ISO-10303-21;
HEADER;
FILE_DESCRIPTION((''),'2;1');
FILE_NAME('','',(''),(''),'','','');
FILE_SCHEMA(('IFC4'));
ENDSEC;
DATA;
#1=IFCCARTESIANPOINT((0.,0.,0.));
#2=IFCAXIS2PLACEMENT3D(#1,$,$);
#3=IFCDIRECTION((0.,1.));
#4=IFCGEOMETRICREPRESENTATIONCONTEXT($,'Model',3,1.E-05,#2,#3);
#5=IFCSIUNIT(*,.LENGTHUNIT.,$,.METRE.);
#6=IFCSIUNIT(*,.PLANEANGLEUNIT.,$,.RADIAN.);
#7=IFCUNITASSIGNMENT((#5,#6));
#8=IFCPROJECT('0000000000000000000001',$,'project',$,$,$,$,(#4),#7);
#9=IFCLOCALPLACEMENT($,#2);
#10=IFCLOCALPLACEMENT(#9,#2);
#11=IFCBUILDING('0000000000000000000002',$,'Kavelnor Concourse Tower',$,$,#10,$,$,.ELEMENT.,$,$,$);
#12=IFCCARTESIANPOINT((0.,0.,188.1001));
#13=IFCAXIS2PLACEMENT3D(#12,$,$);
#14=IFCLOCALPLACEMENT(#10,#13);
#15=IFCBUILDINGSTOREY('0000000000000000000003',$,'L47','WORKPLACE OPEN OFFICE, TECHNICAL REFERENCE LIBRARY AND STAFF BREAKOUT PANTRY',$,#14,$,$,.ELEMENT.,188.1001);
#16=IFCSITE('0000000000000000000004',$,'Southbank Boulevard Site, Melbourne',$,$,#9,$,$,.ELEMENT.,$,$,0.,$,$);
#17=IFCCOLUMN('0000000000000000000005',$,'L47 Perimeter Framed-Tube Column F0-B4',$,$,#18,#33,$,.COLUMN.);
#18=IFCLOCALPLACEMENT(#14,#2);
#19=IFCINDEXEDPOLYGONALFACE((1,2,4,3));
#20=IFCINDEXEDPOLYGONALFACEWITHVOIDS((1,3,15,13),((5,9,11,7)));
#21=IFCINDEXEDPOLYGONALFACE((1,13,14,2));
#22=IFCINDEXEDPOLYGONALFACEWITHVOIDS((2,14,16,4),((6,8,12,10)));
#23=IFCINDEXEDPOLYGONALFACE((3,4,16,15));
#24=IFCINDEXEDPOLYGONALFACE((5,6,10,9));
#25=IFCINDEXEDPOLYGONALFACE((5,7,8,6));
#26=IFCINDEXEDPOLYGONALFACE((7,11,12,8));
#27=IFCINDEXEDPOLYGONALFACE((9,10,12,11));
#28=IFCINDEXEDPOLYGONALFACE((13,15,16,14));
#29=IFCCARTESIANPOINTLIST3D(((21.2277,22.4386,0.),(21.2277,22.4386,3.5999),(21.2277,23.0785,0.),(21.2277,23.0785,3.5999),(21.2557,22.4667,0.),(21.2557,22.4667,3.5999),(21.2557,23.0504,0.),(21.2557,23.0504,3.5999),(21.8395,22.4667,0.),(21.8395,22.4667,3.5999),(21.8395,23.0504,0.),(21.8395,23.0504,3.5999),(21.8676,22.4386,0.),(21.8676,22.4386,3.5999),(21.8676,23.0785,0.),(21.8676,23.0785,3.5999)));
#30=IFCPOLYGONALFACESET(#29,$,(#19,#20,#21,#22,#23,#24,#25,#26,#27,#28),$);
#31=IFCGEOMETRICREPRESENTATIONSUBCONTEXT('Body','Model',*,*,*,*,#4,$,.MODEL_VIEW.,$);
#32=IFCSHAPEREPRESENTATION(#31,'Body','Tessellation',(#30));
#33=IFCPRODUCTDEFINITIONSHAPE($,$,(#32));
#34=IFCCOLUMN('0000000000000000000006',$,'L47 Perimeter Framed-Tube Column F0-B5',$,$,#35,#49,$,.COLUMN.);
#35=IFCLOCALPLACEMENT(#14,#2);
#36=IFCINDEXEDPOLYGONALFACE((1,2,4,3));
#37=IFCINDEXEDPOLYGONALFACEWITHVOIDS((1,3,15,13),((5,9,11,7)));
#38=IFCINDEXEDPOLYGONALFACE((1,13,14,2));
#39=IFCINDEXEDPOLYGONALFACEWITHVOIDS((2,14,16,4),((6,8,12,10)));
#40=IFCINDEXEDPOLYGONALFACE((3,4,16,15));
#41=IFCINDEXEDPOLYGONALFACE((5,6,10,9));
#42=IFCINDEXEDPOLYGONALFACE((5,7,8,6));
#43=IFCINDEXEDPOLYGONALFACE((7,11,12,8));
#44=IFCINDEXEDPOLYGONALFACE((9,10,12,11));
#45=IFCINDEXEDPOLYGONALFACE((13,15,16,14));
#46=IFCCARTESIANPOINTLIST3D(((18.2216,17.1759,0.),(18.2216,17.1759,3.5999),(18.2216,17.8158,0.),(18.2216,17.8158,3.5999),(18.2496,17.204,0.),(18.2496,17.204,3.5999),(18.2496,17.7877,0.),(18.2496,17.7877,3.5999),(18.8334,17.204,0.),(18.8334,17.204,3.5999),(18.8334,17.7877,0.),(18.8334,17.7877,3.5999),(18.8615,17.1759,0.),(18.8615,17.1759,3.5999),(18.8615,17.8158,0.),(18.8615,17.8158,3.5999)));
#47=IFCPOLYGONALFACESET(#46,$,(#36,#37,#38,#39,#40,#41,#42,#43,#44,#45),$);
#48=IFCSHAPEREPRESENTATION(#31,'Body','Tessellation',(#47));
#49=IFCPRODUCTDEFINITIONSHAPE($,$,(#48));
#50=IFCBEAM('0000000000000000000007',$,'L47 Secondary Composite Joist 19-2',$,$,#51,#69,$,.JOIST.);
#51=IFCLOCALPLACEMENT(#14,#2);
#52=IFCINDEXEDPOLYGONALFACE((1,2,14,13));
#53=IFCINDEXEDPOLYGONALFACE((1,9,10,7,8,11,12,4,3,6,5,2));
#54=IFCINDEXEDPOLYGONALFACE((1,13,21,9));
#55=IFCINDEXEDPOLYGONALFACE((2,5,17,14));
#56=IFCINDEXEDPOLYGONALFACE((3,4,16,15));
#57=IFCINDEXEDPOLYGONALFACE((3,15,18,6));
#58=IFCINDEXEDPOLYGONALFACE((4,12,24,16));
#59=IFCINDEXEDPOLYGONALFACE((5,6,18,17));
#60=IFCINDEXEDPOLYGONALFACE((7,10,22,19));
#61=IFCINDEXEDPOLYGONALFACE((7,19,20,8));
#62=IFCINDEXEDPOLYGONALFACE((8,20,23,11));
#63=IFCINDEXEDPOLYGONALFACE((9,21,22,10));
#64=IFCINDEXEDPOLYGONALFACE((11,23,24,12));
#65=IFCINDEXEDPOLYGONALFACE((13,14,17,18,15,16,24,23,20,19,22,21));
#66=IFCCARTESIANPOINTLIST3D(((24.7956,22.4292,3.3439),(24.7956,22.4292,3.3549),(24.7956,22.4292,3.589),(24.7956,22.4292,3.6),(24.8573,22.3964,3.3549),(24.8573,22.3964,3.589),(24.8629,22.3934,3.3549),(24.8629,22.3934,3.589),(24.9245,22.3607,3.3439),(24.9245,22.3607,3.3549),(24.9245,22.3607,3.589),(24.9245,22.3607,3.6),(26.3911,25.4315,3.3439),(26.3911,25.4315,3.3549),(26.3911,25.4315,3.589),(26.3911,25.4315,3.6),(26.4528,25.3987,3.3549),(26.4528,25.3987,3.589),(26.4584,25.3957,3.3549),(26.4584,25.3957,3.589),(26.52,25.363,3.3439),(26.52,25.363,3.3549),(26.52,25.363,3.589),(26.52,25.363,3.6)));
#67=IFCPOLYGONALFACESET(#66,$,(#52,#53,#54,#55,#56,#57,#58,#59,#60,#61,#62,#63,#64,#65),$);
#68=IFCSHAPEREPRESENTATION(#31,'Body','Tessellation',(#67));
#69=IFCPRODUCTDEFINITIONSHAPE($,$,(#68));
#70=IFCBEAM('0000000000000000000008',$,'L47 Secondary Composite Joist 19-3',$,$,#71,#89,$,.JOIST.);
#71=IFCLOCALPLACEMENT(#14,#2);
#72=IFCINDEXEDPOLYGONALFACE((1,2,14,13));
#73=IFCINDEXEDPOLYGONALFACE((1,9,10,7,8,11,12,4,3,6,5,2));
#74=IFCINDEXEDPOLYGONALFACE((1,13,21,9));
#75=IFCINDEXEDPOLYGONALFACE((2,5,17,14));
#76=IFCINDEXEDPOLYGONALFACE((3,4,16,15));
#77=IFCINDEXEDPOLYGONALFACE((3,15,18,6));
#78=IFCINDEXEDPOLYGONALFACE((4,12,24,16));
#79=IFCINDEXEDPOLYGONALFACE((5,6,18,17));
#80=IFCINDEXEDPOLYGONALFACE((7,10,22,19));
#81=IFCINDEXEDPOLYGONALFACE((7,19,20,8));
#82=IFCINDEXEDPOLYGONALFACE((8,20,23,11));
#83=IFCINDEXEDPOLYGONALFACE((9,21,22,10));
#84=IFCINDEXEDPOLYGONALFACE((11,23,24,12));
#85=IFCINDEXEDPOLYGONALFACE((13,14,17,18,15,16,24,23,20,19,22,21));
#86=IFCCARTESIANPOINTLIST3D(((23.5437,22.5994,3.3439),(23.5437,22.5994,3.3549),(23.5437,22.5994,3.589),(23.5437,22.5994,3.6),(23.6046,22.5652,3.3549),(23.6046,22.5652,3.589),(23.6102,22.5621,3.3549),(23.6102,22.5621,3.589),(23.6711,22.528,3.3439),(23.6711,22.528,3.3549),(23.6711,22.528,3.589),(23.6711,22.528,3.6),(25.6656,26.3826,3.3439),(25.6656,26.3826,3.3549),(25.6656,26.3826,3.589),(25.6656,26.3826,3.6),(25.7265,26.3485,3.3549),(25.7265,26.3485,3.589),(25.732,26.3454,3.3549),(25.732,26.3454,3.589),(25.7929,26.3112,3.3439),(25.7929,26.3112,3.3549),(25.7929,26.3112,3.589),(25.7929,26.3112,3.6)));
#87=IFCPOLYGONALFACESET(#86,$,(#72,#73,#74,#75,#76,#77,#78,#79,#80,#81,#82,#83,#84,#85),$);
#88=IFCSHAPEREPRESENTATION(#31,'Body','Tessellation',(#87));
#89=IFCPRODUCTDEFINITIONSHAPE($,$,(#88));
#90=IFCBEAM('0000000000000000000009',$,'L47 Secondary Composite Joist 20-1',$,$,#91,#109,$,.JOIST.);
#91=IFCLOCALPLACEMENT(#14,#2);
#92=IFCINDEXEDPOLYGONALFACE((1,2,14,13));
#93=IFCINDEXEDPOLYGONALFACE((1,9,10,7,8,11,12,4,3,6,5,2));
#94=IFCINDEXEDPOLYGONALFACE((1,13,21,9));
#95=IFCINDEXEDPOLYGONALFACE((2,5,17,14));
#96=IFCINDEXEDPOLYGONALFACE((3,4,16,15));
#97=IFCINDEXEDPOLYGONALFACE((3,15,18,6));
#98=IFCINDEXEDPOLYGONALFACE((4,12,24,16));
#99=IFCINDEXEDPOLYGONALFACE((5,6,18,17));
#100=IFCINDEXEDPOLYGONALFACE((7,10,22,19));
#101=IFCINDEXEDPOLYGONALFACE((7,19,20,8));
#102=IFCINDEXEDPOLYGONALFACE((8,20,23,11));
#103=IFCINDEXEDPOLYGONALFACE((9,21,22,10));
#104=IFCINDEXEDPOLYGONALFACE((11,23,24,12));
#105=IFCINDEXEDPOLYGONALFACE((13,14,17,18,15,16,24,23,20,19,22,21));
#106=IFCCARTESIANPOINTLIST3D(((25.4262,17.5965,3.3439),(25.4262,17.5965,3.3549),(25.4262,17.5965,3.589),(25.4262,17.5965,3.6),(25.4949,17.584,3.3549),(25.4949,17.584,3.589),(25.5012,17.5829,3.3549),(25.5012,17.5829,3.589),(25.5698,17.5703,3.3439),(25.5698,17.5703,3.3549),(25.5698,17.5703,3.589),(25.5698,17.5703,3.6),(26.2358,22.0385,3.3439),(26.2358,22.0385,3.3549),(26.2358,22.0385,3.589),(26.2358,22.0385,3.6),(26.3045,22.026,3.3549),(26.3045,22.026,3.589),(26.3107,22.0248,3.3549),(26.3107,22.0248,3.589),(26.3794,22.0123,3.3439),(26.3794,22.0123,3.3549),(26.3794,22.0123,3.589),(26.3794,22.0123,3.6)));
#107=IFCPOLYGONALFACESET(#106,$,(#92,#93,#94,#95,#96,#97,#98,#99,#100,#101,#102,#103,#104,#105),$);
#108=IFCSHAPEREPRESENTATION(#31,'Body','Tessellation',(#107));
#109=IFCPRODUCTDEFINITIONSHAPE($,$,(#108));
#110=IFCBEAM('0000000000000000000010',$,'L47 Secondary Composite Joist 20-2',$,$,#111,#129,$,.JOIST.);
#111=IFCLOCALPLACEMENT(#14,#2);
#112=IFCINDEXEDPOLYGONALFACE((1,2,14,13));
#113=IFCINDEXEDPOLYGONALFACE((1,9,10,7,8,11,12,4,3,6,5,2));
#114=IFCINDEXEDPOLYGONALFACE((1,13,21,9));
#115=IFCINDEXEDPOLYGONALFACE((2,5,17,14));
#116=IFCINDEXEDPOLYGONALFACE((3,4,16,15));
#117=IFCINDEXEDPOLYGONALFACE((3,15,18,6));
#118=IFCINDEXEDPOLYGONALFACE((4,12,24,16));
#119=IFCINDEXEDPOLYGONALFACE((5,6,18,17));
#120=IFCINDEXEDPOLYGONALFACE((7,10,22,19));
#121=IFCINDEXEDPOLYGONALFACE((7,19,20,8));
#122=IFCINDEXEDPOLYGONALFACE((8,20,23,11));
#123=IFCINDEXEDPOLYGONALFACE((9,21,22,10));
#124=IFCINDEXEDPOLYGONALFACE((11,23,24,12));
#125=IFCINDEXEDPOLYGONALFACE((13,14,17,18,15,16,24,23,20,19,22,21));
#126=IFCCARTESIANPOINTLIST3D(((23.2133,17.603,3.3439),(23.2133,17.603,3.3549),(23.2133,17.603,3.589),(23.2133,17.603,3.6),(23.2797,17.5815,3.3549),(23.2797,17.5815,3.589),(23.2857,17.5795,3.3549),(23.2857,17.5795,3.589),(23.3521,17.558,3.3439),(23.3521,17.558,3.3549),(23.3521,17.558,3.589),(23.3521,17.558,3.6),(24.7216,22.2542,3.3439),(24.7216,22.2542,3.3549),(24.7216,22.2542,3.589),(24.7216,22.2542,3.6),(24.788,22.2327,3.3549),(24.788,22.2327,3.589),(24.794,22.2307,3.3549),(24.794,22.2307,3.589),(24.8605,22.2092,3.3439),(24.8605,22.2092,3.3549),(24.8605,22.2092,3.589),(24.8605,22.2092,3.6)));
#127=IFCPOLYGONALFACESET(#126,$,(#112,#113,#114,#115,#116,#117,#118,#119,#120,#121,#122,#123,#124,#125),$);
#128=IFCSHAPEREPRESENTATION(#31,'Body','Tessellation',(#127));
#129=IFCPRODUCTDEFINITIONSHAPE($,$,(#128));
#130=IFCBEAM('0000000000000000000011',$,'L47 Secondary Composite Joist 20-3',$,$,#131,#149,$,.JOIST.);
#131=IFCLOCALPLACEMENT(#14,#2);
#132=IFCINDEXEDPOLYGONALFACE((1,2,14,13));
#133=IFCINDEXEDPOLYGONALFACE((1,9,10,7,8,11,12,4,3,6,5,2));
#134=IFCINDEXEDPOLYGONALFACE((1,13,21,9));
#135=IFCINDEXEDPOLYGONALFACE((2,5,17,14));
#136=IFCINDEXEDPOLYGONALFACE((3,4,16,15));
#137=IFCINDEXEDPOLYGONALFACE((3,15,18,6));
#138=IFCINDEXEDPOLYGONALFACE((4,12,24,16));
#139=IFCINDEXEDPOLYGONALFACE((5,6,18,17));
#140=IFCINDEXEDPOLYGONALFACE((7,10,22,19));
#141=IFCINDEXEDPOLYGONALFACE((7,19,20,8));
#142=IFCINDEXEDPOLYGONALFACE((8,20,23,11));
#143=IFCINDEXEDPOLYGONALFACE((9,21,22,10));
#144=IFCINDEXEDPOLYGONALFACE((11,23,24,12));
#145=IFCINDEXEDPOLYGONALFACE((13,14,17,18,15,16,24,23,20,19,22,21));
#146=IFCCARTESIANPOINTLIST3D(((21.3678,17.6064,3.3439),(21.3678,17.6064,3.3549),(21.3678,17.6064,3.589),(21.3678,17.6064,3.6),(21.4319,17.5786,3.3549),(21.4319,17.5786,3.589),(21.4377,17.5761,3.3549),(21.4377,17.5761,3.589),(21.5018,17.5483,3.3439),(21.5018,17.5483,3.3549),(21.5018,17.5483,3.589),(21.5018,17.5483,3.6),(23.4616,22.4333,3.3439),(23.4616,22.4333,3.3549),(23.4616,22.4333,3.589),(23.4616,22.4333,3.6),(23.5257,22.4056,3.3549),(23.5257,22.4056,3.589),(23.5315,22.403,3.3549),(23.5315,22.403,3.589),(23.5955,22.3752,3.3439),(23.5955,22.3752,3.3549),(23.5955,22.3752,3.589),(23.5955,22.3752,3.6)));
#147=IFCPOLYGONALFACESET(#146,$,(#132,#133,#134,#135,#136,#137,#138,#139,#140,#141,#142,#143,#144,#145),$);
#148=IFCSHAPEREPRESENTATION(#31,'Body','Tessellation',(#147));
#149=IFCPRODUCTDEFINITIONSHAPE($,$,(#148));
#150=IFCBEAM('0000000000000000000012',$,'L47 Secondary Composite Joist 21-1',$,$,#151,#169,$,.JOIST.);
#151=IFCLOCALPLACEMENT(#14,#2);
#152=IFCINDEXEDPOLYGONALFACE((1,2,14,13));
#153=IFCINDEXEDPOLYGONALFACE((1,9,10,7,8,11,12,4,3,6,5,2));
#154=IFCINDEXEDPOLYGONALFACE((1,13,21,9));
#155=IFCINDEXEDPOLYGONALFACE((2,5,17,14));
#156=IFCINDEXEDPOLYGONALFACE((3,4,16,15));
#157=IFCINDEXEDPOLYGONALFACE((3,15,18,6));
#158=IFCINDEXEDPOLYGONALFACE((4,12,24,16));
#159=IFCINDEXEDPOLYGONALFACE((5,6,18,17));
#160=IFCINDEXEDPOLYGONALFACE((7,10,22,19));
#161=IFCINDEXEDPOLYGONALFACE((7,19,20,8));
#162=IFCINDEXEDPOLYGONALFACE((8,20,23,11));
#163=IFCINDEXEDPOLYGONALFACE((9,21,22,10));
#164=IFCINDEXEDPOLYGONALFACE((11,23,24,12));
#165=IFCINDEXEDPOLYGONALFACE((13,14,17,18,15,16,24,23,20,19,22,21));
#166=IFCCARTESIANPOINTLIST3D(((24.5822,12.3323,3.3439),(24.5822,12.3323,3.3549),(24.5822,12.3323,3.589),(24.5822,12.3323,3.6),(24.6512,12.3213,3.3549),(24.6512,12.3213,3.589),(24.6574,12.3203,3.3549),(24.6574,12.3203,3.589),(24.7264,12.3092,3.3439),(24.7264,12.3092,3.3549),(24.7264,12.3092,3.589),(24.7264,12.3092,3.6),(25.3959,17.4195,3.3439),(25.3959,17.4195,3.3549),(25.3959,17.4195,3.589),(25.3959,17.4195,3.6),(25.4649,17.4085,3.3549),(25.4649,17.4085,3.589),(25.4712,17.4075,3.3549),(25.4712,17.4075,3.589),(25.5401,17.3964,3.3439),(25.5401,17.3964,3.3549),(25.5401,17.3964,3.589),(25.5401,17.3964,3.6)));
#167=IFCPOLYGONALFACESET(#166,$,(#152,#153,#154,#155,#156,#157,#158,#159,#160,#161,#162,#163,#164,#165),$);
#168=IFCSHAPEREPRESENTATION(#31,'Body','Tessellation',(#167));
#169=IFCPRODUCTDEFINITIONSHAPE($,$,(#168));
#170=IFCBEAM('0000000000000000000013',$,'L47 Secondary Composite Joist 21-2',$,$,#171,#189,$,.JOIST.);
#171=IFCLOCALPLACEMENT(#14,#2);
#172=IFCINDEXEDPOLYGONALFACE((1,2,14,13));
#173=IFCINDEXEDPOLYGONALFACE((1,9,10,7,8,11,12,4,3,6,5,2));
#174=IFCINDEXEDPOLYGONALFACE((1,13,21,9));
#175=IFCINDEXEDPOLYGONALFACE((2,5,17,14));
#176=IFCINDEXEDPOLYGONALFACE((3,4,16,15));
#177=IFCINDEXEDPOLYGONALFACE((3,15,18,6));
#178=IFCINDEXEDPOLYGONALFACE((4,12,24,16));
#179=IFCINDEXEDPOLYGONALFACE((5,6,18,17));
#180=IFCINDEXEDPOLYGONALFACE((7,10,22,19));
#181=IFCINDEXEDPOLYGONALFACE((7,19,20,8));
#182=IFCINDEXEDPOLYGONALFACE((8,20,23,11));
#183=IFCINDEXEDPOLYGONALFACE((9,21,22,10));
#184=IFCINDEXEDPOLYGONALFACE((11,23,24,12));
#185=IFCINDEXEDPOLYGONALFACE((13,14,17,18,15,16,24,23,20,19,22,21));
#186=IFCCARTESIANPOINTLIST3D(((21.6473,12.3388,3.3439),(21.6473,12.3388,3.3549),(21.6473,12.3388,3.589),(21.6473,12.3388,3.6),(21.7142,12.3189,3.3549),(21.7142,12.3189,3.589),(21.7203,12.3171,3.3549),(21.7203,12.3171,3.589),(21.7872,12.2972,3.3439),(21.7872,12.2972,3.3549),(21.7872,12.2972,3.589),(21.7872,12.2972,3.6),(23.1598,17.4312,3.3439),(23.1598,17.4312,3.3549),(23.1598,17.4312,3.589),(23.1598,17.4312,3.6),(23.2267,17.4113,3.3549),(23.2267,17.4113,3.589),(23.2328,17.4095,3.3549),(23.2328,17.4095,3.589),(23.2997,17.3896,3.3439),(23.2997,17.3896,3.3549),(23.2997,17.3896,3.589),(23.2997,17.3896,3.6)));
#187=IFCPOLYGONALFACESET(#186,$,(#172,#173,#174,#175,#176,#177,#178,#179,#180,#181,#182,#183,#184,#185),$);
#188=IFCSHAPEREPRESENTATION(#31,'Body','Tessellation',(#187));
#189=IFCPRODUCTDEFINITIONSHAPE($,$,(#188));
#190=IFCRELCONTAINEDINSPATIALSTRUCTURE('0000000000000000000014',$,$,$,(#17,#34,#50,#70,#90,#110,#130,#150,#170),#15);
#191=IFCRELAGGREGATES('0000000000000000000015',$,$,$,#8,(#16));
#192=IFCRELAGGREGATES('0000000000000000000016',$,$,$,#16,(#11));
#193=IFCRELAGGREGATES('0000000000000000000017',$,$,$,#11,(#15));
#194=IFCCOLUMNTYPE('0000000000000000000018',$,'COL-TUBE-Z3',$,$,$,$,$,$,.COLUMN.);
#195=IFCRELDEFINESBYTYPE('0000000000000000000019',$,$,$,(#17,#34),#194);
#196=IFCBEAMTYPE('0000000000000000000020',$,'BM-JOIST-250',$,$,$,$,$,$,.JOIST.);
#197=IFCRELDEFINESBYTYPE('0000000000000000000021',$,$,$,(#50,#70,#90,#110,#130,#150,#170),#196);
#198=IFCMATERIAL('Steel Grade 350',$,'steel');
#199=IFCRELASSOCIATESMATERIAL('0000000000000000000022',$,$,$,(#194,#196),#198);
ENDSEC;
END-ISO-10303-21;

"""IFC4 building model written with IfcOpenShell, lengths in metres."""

from ifc_helpers import new_model, si_unit, direction, frame, origin, origin_2d, place, context, subcontext, project, spatial, hollow_rectangle, i_section, extrude, material, material_profile, profile_set, type_object, element, save


model = new_model("IFC4")

# Units and contexts
model_context = context("Model", 3, precision=1e-05, world=origin(), true_north=direction((0.0, 1.0)))
body_context = subcontext(model_context, "Body", "Model", "MODEL_VIEW")
ifc_project = project(units=[si_unit("LENGTHUNIT", "METRE"), si_unit("PLANEANGLEUNIT", "RADIAN")], contexts=[model_context])

# Site, building, storey
site_placement = place(None, origin())
site = spatial("IfcSite", under=ifc_project, at=site_placement, Name="Southbank Boulevard Site, Melbourne", CompositionType="ELEMENT", RefElevation=0.0)
building_placement = place(site_placement, origin())
building = spatial("IfcBuilding", under=site, at=building_placement, Name="Kavelnor Concourse Tower", CompositionType="ELEMENT")
storey_placement = place(building_placement, frame((0.0, 0.0, 188.1001)))
storey = spatial("IfcBuildingStorey", under=building, at=storey_placement, Name="L47", Description="WORKPLACE OPEN OFFICE, TECHNICAL REFERENCE LIBRARY AND STAFF BREAKOUT PANTRY", CompositionType="ELEMENT", Elevation=188.1001)

# Columns
ifc_material_1 = material(Name="Steel Grade 350", Category="steel")
ifc_material_profile_1 = material_profile(ifc_material_1, hollow_rectangle(XDim=0.6399, YDim=0.6399, WallThickness=0.0281, at=origin_2d()), Name="SHS 640x640x28")
ifc_profile_set_1 = profile_set([ifc_material_profile_1], Name="Steel Grade 350")
column_type = type_object("IfcColumnType", Name="COL-TUBE-Z3", PredefinedType="COLUMN", material=ifc_profile_set_1)
for number, where, z_axis, x_axis, name in (
    (1, (21.5476, 22.7585, 0.0), (0.0, 0.0, 1.0), (1.0, 0.0, 0.0), "L47 Perimeter Framed-Tube Column F0-B4"),
    (2, (18.5415, 17.4958, 0.0), (0.0, 0.0, 1.0), (1.0, 0.0, 0.0), "L47 Perimeter Framed-Tube Column F0-B5"),
):
    element("IfcColumn", number, at=place(storey_placement, frame(where, z_axis=z_axis, x_axis=x_axis)), inside=storey, type_object=column_type, Name=name, PredefinedType="COLUMN", context=body_context, shape_type="SweptSolid", body=[
        extrude(hollow_rectangle(XDim=0.6399, YDim=0.6399, WallThickness=0.0281, at=origin_2d()), origin(), (0.0, 0.0, 1.0), 3.5999),
    ])

# Beams
ifc_material_profile_2 = material_profile(ifc_material_1, i_section(OverallWidth=0.146, OverallDepth=0.2561, WebThickness=0.0063, FlangeThickness=0.011, at=origin_2d()), Name="250UB37")
ifc_profile_set_2 = profile_set([ifc_material_profile_2], Name="Steel Grade 350")
beam_type_1 = type_object("IfcBeamType", Name="BM-JOIST-250", PredefinedType="JOIST", material=ifc_profile_set_2)
beam_1_placement = place(storey_placement, frame((26.4556, 25.3972, 3.4719), z_axis=(-0.469279, -0.88305, 0.0), x_axis=(0.88305, -0.469279, 0.0)))
element("IfcBeam", 3, at=beam_1_placement, inside=storey, type_object=beam_type_1, Name="L47 Secondary Composite Joist 19-2", PredefinedType="JOIST", context=body_context, shape_type="SweptSolid", body=[
    extrude(i_section(OverallWidth=0.146, OverallDepth=0.2561, WebThickness=0.0063, FlangeThickness=0.011, at=origin_2d()), origin(), (0.0, 0.0, 1.0), 3.3999),
])
beam_2_placement = place(storey_placement, frame((25.7292, 26.3469, 3.4719), z_axis=(-0.489171, -0.872188, 0.0), x_axis=(0.872188, -0.489171, 0.0)))
element("IfcBeam", 4, at=beam_2_placement, inside=storey, type_object=beam_type_1, Name="L47 Secondary Composite Joist 19-3", PredefinedType="JOIST", context=body_context, shape_type="SweptSolid", body=[
    extrude(i_section(OverallWidth=0.146, OverallDepth=0.2561, WebThickness=0.0063, FlangeThickness=0.011, at=origin_2d()), origin(), (0.0, 0.0, 1.0), 4.3376),
])
beam_3_placement = place(storey_placement, frame((26.3076, 22.0254, 3.4719), z_axis=(-0.179304, -0.983794, 0.0), x_axis=(0.983794, -0.179304, 0.0)))
element("IfcBeam", 5, at=beam_3_placement, inside=storey, type_object=beam_type_1, Name="L47 Secondary Composite Joist 20-1", PredefinedType="JOIST", context=body_context, shape_type="SweptSolid", body=[
    extrude(i_section(OverallWidth=0.146, OverallDepth=0.2561, WebThickness=0.0063, FlangeThickness=0.011, at=origin_2d()), origin(), (0.0, 0.0, 1.0), 4.5151),
])
beam_4_placement = place(storey_placement, frame((24.791, 22.2317, 3.4719), z_axis=(-0.308473, -0.951233, 0.0), x_axis=(0.951233, -0.308473, 0.0)))
element("IfcBeam", 6, at=beam_4_placement, inside=storey, type_object=beam_type_1, Name="L47 Secondary Composite Joist 20-2", PredefinedType="JOIST", context=body_context, shape_type="SweptSolid", body=[
    extrude(i_section(OverallWidth=0.146, OverallDepth=0.2561, WebThickness=0.0063, FlangeThickness=0.011, at=origin_2d()), origin(), (0.0, 0.0, 1.0), 4.8896),
])
beam_5_placement = place(storey_placement, frame((23.5286, 22.4043, 3.4719), z_axis=(-0.397942, -0.917411, 0.0), x_axis=(0.917411, -0.397942, 0.0)))
element("IfcBeam", 7, at=beam_5_placement, inside=storey, type_object=beam_type_1, Name="L47 Secondary Composite Joist 20-3", PredefinedType="JOIST", context=body_context, shape_type="SweptSolid", body=[
    extrude(i_section(OverallWidth=0.146, OverallDepth=0.2561, WebThickness=0.0063, FlangeThickness=0.011, at=origin_2d()), origin(), (0.0, 0.0, 1.0), 5.2615),
])
beam_6_placement = place(storey_placement, frame((25.468, 17.408, 3.4719), z_axis=(-0.157948, -0.987447, 0.0), x_axis=(0.987447, -0.157948, 0.0)))
element("IfcBeam", 8, at=beam_6_placement, inside=storey, type_object=beam_type_1, Name="L47 Secondary Composite Joist 21-1", PredefinedType="JOIST", context=body_context, shape_type="SweptSolid", body=[
    extrude(i_section(OverallWidth=0.146, OverallDepth=0.2561, WebThickness=0.0063, FlangeThickness=0.011, at=origin_2d()), origin(), (0.0, 0.0, 1.0), 5.1519),
])
beam_7_placement = place(storey_placement, frame((23.2297, 17.4104, 3.4719), z_axis=(-0.284716, -0.958612, 0.0), x_axis=(0.958612, -0.284716, 0.0)))
element("IfcBeam", 9, at=beam_7_placement, inside=storey, type_object=beam_type_1, Name="L47 Secondary Composite Joist 21-2", PredefinedType="JOIST", context=body_context, shape_type="SweptSolid", body=[
    extrude(i_section(OverallWidth=0.146, OverallDepth=0.2561, WebThickness=0.0063, FlangeThickness=0.011, at=origin_2d()), origin(), (0.0, 0.0, 1.0), 5.3123),
])

save(model, "model.ifc")
